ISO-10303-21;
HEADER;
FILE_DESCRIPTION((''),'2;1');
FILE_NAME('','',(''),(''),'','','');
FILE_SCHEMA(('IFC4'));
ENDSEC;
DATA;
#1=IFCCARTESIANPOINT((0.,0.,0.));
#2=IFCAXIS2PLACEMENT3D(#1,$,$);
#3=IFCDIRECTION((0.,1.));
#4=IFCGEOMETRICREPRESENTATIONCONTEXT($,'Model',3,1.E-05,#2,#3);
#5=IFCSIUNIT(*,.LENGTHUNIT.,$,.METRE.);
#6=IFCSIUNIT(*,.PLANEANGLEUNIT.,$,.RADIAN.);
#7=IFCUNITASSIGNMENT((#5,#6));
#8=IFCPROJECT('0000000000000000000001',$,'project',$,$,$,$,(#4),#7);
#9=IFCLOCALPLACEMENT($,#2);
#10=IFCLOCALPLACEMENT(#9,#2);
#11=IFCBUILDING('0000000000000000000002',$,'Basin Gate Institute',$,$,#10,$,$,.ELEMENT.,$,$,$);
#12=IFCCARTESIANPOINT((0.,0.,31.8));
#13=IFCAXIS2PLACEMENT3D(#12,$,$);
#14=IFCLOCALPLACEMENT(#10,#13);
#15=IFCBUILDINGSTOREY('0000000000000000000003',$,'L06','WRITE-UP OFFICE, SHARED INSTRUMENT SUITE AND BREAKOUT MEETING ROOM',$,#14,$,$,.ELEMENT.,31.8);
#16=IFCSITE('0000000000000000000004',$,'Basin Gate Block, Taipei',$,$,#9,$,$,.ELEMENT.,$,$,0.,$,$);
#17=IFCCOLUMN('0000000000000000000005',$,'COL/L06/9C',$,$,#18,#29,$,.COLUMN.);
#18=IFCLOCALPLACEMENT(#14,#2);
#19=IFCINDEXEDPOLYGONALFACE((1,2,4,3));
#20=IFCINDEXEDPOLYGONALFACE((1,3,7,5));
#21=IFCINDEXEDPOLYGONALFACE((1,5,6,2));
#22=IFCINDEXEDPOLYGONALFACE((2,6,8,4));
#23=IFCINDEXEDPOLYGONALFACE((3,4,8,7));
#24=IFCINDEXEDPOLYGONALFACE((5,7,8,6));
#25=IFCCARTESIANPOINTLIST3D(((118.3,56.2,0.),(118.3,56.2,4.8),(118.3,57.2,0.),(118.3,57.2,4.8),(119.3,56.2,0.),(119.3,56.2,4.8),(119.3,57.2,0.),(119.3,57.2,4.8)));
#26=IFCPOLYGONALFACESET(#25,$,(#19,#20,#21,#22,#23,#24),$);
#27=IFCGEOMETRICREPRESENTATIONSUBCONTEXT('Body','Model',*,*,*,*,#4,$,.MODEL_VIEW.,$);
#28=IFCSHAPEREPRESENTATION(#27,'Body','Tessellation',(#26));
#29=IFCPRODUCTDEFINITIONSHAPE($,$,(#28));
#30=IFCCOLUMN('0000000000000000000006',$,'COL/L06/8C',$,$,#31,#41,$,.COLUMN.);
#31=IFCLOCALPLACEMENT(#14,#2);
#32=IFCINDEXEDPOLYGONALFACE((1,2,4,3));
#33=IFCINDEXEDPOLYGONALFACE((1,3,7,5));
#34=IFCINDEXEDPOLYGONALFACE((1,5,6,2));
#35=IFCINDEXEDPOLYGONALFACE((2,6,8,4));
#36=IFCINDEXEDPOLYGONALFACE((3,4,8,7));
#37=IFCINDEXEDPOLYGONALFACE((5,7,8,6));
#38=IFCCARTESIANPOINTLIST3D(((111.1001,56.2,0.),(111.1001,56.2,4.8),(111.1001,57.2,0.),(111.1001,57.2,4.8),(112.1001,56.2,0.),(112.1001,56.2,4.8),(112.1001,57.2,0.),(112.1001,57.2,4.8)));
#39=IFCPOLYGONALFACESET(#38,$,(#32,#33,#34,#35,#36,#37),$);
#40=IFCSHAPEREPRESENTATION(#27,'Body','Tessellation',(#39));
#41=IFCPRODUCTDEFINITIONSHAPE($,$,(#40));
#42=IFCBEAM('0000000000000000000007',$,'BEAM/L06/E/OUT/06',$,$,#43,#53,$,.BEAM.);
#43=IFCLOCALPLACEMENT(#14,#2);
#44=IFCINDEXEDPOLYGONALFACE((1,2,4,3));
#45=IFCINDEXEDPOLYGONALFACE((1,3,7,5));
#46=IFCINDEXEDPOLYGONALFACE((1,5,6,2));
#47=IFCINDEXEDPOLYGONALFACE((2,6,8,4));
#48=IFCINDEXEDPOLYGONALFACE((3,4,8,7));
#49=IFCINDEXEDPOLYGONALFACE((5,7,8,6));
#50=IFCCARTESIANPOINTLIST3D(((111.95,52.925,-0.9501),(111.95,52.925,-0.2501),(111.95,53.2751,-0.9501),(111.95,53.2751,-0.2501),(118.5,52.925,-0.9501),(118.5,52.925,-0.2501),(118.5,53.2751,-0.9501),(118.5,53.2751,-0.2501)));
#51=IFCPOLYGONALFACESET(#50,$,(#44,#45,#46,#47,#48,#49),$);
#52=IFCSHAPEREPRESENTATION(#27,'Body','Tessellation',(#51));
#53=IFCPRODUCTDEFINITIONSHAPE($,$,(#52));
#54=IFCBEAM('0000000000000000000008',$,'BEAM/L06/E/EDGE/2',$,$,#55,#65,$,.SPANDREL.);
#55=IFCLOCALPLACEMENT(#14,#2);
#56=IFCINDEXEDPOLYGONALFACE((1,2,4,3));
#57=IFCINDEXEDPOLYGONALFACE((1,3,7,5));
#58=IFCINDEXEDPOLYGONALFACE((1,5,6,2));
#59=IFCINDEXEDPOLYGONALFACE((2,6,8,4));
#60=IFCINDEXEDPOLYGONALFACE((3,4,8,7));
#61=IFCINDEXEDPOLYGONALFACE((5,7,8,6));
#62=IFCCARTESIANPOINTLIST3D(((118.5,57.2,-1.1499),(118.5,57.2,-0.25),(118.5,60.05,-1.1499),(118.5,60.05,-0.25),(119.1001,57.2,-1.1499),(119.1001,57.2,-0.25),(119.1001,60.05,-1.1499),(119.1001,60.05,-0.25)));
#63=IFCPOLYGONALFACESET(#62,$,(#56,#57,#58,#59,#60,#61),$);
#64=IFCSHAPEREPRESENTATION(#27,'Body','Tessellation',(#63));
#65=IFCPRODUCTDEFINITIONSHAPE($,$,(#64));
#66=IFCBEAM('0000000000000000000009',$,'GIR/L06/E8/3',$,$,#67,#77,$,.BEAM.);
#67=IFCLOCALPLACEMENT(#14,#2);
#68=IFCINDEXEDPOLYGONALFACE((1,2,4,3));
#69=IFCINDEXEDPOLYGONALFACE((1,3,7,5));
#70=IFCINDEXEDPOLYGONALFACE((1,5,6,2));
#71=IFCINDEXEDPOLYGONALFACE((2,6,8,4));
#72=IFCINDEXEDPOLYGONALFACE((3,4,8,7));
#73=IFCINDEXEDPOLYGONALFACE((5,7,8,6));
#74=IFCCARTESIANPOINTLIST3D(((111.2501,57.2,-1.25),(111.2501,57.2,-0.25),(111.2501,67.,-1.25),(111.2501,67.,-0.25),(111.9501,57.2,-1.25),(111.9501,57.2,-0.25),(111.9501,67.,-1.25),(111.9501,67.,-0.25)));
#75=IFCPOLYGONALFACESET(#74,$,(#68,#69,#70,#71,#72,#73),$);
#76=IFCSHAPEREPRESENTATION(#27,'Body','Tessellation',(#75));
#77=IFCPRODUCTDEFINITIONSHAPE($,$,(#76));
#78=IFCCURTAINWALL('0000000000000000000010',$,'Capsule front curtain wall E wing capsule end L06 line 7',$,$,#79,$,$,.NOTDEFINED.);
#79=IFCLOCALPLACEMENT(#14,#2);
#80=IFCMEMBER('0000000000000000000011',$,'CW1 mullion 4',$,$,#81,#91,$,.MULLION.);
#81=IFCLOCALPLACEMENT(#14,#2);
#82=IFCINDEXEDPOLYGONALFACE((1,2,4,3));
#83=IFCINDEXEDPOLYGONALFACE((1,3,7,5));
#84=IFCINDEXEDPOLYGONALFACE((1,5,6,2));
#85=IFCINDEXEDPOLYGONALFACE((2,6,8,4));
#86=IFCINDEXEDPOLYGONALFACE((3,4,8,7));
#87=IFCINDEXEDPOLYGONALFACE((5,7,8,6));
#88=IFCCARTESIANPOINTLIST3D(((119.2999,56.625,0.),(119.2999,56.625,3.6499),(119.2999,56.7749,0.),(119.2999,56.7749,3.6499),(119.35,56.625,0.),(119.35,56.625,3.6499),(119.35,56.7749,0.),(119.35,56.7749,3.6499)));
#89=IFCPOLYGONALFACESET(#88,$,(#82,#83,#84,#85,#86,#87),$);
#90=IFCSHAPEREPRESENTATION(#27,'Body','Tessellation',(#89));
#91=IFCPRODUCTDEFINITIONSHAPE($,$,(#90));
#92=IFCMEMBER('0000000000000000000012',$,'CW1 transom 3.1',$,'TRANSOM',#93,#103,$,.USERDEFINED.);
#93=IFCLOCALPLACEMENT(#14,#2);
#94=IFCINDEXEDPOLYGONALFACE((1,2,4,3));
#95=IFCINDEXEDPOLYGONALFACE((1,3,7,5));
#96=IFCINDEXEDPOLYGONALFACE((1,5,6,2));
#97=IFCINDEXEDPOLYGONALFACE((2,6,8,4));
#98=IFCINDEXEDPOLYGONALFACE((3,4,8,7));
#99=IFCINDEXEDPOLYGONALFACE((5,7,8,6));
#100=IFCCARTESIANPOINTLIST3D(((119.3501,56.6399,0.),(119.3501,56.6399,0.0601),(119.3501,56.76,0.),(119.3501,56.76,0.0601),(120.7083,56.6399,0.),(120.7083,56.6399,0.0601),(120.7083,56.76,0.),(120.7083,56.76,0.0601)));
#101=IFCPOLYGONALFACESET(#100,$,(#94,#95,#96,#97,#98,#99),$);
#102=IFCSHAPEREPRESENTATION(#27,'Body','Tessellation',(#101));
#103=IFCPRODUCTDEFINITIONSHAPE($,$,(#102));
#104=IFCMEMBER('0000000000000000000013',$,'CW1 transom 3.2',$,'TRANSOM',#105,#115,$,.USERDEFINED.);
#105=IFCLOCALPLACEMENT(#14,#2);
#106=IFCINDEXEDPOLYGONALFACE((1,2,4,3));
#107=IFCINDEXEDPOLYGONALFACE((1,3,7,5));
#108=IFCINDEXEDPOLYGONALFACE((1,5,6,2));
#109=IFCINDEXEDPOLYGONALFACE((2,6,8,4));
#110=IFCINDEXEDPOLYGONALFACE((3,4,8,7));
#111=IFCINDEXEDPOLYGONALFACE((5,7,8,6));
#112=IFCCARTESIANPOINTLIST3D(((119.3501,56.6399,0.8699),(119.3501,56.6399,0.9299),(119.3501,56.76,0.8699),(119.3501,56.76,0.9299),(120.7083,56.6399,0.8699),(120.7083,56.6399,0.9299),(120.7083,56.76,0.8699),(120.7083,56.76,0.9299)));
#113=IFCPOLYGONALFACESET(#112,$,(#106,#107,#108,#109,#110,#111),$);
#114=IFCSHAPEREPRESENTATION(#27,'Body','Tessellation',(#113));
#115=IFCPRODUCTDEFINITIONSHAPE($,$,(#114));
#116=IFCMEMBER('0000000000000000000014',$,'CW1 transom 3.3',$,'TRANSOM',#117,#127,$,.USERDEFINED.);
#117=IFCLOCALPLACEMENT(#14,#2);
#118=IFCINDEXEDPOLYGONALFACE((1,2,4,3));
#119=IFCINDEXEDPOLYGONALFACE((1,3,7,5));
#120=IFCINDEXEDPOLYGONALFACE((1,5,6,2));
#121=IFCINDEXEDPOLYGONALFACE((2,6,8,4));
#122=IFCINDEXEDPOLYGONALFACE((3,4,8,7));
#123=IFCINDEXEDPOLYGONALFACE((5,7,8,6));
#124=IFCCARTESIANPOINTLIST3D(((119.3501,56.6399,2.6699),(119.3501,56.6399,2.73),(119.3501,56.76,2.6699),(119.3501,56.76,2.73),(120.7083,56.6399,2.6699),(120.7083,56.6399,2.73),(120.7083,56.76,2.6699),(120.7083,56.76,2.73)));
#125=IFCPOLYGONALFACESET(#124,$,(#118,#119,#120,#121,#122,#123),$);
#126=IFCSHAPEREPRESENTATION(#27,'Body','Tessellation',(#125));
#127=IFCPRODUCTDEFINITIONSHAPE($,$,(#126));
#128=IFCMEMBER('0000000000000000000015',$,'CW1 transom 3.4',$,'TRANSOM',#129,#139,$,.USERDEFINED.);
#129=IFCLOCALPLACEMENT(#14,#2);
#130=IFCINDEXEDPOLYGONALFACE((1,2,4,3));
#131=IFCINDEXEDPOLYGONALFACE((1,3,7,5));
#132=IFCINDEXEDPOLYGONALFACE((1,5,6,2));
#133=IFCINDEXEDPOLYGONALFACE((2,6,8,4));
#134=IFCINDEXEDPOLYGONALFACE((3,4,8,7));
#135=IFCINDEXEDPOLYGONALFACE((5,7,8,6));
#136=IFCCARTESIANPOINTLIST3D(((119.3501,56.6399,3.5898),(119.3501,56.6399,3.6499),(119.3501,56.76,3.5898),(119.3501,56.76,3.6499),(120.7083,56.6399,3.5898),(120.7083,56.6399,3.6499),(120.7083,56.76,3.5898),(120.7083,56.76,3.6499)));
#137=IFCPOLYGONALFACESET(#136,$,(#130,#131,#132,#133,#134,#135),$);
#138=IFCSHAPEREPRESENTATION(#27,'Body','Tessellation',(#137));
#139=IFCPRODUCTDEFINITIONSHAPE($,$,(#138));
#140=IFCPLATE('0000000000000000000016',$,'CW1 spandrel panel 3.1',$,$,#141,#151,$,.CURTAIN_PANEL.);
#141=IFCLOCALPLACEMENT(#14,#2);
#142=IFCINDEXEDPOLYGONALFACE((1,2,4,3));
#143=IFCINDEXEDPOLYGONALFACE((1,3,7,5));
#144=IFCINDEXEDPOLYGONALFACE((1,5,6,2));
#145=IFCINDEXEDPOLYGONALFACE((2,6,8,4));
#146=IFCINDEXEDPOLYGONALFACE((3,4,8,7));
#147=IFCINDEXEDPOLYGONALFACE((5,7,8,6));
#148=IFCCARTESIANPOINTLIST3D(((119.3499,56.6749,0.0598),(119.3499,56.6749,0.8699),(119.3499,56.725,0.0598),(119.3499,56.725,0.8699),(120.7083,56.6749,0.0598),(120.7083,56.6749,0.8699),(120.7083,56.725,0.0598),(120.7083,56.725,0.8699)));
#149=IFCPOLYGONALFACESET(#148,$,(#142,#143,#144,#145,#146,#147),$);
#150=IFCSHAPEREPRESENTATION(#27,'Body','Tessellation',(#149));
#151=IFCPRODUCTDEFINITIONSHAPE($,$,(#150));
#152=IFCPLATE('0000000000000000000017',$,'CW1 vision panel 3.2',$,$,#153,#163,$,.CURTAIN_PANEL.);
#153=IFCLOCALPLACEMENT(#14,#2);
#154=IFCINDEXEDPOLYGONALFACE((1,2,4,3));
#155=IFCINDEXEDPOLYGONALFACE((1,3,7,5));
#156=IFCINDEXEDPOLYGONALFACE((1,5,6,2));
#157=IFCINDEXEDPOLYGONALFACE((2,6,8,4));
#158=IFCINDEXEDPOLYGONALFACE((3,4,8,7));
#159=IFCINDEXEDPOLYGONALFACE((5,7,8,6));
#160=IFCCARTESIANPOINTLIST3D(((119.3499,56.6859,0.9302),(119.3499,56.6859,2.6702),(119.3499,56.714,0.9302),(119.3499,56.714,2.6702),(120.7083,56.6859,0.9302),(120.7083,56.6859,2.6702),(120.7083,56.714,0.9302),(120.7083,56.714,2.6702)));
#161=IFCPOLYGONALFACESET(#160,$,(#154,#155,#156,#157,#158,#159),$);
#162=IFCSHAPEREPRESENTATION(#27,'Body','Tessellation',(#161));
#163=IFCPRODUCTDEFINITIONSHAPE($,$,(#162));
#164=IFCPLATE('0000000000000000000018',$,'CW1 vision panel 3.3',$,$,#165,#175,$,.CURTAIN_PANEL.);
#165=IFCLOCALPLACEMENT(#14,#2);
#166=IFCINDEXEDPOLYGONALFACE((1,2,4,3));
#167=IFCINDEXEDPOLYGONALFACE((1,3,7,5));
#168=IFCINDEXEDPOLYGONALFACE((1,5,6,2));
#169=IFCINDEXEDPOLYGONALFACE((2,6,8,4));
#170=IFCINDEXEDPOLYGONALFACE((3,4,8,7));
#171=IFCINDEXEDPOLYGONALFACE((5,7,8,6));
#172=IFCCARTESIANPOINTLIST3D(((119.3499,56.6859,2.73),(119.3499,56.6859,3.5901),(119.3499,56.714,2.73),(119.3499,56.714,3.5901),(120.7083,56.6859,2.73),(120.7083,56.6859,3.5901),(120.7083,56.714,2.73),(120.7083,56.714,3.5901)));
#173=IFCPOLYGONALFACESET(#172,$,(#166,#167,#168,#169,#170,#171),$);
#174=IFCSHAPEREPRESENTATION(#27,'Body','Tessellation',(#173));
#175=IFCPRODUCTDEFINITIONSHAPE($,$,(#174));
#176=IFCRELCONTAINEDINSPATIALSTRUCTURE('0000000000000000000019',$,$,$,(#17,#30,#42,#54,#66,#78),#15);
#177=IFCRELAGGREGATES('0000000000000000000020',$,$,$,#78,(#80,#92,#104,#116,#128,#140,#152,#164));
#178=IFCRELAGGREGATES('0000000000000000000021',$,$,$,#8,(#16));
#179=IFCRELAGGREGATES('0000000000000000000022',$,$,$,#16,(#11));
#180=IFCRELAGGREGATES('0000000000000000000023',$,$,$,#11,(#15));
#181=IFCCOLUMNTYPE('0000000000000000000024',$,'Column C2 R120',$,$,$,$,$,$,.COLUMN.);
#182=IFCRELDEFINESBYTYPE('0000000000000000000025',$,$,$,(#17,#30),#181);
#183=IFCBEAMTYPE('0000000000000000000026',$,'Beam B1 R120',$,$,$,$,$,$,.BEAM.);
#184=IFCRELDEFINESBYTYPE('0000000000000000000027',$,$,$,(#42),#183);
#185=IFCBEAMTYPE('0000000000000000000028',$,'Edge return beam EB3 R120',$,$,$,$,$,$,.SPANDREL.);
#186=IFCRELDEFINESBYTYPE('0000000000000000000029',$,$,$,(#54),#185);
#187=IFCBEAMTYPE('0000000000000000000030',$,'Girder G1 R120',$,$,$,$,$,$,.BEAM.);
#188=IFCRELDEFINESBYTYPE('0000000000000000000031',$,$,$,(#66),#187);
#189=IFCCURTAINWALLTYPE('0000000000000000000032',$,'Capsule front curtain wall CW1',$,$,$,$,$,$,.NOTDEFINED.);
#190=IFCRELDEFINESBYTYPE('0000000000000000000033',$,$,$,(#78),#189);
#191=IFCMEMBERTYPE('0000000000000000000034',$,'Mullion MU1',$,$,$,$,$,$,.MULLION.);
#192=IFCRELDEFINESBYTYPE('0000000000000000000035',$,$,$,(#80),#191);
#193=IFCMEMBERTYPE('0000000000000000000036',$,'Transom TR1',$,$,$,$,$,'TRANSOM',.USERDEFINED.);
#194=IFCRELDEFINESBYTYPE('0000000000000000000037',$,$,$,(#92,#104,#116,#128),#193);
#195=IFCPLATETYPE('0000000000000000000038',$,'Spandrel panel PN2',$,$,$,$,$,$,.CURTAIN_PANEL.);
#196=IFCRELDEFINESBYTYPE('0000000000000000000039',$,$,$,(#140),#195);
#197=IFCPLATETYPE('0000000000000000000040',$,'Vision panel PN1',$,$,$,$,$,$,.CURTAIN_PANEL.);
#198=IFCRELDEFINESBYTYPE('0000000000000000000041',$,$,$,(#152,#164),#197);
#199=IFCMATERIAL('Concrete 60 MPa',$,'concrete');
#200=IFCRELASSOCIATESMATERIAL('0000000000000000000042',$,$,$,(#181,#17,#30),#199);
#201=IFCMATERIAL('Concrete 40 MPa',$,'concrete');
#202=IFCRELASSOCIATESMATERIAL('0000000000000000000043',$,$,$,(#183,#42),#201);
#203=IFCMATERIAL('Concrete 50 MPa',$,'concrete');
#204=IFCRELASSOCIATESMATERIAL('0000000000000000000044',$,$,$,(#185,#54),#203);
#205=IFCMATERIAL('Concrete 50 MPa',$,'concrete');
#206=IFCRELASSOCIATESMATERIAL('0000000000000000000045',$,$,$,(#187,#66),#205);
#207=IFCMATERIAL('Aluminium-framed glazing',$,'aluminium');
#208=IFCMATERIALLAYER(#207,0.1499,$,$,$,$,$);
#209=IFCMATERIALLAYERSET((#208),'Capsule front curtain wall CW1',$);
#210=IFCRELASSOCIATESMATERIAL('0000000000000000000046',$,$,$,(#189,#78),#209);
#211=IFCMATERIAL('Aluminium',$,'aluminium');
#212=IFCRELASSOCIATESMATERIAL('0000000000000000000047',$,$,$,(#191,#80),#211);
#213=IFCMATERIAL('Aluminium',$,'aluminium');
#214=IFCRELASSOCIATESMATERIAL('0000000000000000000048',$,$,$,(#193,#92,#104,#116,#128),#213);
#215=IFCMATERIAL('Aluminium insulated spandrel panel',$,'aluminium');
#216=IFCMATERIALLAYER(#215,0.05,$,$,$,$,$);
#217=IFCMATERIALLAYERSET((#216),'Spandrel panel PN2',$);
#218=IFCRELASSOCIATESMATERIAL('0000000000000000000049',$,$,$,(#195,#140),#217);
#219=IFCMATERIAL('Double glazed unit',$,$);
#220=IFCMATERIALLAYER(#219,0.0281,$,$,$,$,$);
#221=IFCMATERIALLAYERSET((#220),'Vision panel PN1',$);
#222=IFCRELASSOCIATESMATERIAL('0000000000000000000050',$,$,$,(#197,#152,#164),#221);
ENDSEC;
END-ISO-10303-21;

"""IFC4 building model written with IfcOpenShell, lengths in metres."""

from ifc_helpers import new_model, si_unit, direction, frame, origin, origin_2d, place, context, subcontext, project, spatial, rectangle, extrude, material, layer, layer_set, material_profile, profile_set, type_object, element, aggregate, save


model = new_model("IFC4")

# Units and contexts
model_context = context("Model", 3, precision=1e-05, world=origin(), true_north=direction((0.0, 1.0)))
body_context = subcontext(model_context, "Body", "Model", "MODEL_VIEW")
ifc_project = project(units=[si_unit("LENGTHUNIT", "METRE"), si_unit("PLANEANGLEUNIT", "RADIAN")], contexts=[model_context])

# Site, building, storey
site_placement = place(None, origin())
site = spatial("IfcSite", under=ifc_project, at=site_placement, Name="Basin Gate Block, Taipei", CompositionType="ELEMENT", RefElevation=0.0)
building_placement = place(site_placement, origin())
building = spatial("IfcBuilding", under=site, at=building_placement, Name="Basin Gate Institute", CompositionType="ELEMENT")
storey_placement = place(building_placement, frame((0.0, 0.0, 31.8)))
storey = spatial("IfcBuildingStorey", under=building, at=storey_placement, Name="L06", Description="WRITE-UP OFFICE, SHARED INSTRUMENT SUITE AND BREAKOUT MEETING ROOM", CompositionType="ELEMENT", Elevation=31.8)

# Columns
ifc_material_1 = material(Name="Concrete 60 MPa", Category="concrete")
ifc_material_profile_1 = material_profile(ifc_material_1, rectangle(XDim=1.0, YDim=1.0, at=origin_2d()), Name="Column C2 1000 x 1000")
ifc_profile_set_1 = profile_set([ifc_material_profile_1], Name="Concrete 60 MPa")
column_type = type_object("IfcColumnType", Name="Column C2 R120", PredefinedType="COLUMN", material=ifc_profile_set_1)
for number, where, z_axis, x_axis, name in (
    (1, (118.8, 56.7, 0.0), (0.0, 0.0, 1.0), (1.0, 0.0, 0.0), "COL/L06/9C"),
    (2, (111.6001, 56.7, 0.0), (0.0, 0.0, 1.0), (1.0, 0.0, 0.0), "COL/L06/8C"),
):
    element("IfcColumn", number, at=place(storey_placement, frame(where, z_axis=z_axis, x_axis=x_axis)), inside=storey, type_object=column_type, material=ifc_profile_set_1, Name=name, PredefinedType="COLUMN", context=body_context, shape_type="SweptSolid", body=[
        extrude(rectangle(XDim=1.0, YDim=1.0, at=origin_2d()), origin(), (0.0, 0.0, 1.0), 4.8),
    ])

# Beams
ifc_material_2 = material(Name="Concrete 40 MPa", Category="concrete")
ifc_material_profile_2 = material_profile(ifc_material_2, rectangle(XDim=0.3501, YDim=0.7, at=origin_2d()), Name="Beam B1 350 x 700")
ifc_profile_set_2 = profile_set([ifc_material_profile_2], Name="Concrete 40 MPa")
beam_type_1 = type_object("IfcBeamType", Name="Beam B1 R120", PredefinedType="BEAM", material=ifc_profile_set_2)
beam_1_placement = place(storey_placement, frame((118.5, 53.1001, -0.6001), z_axis=(-1.0, 0.0, 0.0), x_axis=(0.0, -1.0, 0.0)))
element("IfcBeam", 3, at=beam_1_placement, inside=storey, type_object=beam_type_1, material=ifc_profile_set_2, Name="BEAM/L06/E/OUT/06", PredefinedType="BEAM", context=body_context, shape_type="SweptSolid", body=[
    extrude(rectangle(XDim=0.3501, YDim=0.7, at=origin_2d()), origin(), (0.0, 0.0, 1.0), 6.55),
])
ifc_material_3 = material(Name="Concrete 50 MPa", Category="concrete")
ifc_material_profile_3 = material_profile(ifc_material_3, rectangle(XDim=0.6001, YDim=0.8999, at=origin_2d()), Name="Edge return beam EB3 600 x 900")
ifc_profile_set_3 = profile_set([ifc_material_profile_3], Name="Concrete 50 MPa")
beam_type_2 = type_object("IfcBeamType", Name="Edge return beam EB3 R120", PredefinedType="SPANDREL", material=ifc_profile_set_3)
beam_2_placement = place(storey_placement, frame((118.8, 57.2, -0.7), z_axis=(0.0, 1.0, 0.0), x_axis=(-1.0, 0.0, 0.0)))
element("IfcBeam", 4, at=beam_2_placement, inside=storey, type_object=beam_type_2, material=ifc_profile_set_3, Name="BEAM/L06/E/EDGE/2", PredefinedType="SPANDREL", context=body_context, shape_type="SweptSolid", body=[
    extrude(rectangle(XDim=0.6001, YDim=0.8999, at=origin_2d()), origin(), (0.0, 0.0, 1.0), 2.8501),
])
ifc_material_4 = material(Name="Concrete 50 MPa", Category="concrete")
ifc_material_profile_4 = material_profile(ifc_material_4, rectangle(XDim=0.7, YDim=1.0, at=origin_2d()), Name="Girder G1 700 x 1000")
ifc_profile_set_4 = profile_set([ifc_material_profile_4], Name="Concrete 50 MPa")
beam_type_3 = type_object("IfcBeamType", Name="Girder G1 R120", PredefinedType="BEAM", material=ifc_profile_set_4)
beam_3_placement = place(storey_placement, frame((111.6001, 57.2, -0.75), z_axis=(0.0, 1.0, 0.0), x_axis=(-1.0, 0.0, 0.0)))
element("IfcBeam", 5, at=beam_3_placement, inside=storey, type_object=beam_type_3, material=ifc_profile_set_4, Name="GIR/L06/E8/3", PredefinedType="BEAM", context=body_context, shape_type="SweptSolid", body=[
    extrude(rectangle(XDim=0.7, YDim=1.0, at=origin_2d()), origin(), (0.0, 0.0, 1.0), 9.8),
])

# Curtain wall, members, plates
ifc_material_5 = material(Name="Aluminium-framed glazing", Category="aluminium")
ifc_layer_1 = layer(ifc_material_5, 0.1499)
ifc_layer_set_1 = layer_set([ifc_layer_1], Name="Capsule front curtain wall CW1")
curtain_wall_type = type_object("IfcCurtainWallType", Name="Capsule front curtain wall CW1", PredefinedType="NOTDEFINED", material=ifc_layer_set_1)
curtain_wall_placement = place(storey_placement, origin())
curtain_wall = element("IfcCurtainWall", 6, at=curtain_wall_placement, inside=storey, type_object=curtain_wall_type, material=ifc_layer_set_1, Name="Capsule front curtain wall E wing capsule end L06 line 7", PredefinedType="NOTDEFINED")
ifc_material_6 = material(Name="Aluminium", Category="aluminium")
ifc_material_profile_5 = material_profile(ifc_material_6, rectangle(XDim=0.1499, YDim=0.05, at=origin_2d()), Name="Mullion MU1 150 x 50")
ifc_profile_set_5 = profile_set([ifc_material_profile_5], Name="Aluminium")
member_type_1 = type_object("IfcMemberType", Name="Mullion MU1", PredefinedType="MULLION", material=ifc_profile_set_5)
member_1_placement = place(storey_placement, frame((119.325, 56.7, 0.0), z_axis=(0.0, 0.0, 1.0), x_axis=(0.0, -1.0, 0.0)))
member_1 = element("IfcMember", 7, at=member_1_placement, type_object=member_type_1, material=ifc_profile_set_5, Name="CW1 mullion 4", PredefinedType="MULLION", context=body_context, shape_type="SweptSolid", body=[
    extrude(rectangle(XDim=0.1499, YDim=0.05, at=origin_2d()), origin(), (0.0, 0.0, 1.0), 3.6499),
])
ifc_material_7 = material(Name="Aluminium", Category="aluminium")
ifc_material_profile_6 = material_profile(ifc_material_7, rectangle(XDim=0.1201, YDim=0.0601, at=origin_2d()), Name="Transom TR1 120 x 60")
ifc_profile_set_6 = profile_set([ifc_material_profile_6], Name="Aluminium")
member_type_2 = type_object("IfcMemberType", Name="Transom TR1", ElementType="TRANSOM", PredefinedType="USERDEFINED", material=ifc_profile_set_6)
member_2_placement = place(storey_placement, frame((120.7083, 56.7, 0.03), z_axis=(-1.0, 0.0, 0.0), x_axis=(0.0, -1.0, 0.0)))
member_2 = element("IfcMember", 8, at=member_2_placement, type_object=member_type_2, material=ifc_profile_set_6, Name="CW1 transom 3.1", ObjectType="TRANSOM", PredefinedType="USERDEFINED", context=body_context, shape_type="SweptSolid", body=[
    extrude(rectangle(XDim=0.1201, YDim=0.0601, at=origin_2d()), origin(), (0.0, 0.0, 1.0), 1.3582),
])
member_3_placement = place(storey_placement, frame((120.7083, 56.7, 0.8999), z_axis=(-1.0, 0.0, 0.0), x_axis=(0.0, -1.0, 0.0)))
member_3 = element("IfcMember", 9, at=member_3_placement, type_object=member_type_2, material=ifc_profile_set_6, Name="CW1 transom 3.2", ObjectType="TRANSOM", PredefinedType="USERDEFINED", context=body_context, shape_type="SweptSolid", body=[
    extrude(rectangle(XDim=0.1201, YDim=0.0601, at=origin_2d()), origin(), (0.0, 0.0, 1.0), 1.3582),
])
member_4_placement = place(storey_placement, frame((120.7083, 56.7, 2.7), z_axis=(-1.0, 0.0, 0.0), x_axis=(0.0, -1.0, 0.0)))
member_4 = element("IfcMember", 10, at=member_4_placement, type_object=member_type_2, material=ifc_profile_set_6, Name="CW1 transom 3.3", ObjectType="TRANSOM", PredefinedType="USERDEFINED", context=body_context, shape_type="SweptSolid", body=[
    extrude(rectangle(XDim=0.1201, YDim=0.0601, at=origin_2d()), origin(), (0.0, 0.0, 1.0), 1.3582),
])
member_5_placement = place(storey_placement, frame((120.7083, 56.7, 3.6199), z_axis=(-1.0, 0.0, 0.0), x_axis=(0.0, -1.0, 0.0)))
member_5 = element("IfcMember", 11, at=member_5_placement, type_object=member_type_2, material=ifc_profile_set_6, Name="CW1 transom 3.4", ObjectType="TRANSOM", PredefinedType="USERDEFINED", context=body_context, shape_type="SweptSolid", body=[
    extrude(rectangle(XDim=0.1201, YDim=0.0601, at=origin_2d()), origin(), (0.0, 0.0, 1.0), 1.3582),
])
ifc_material_8 = material(Name="Aluminium insulated spandrel panel", Category="aluminium")
ifc_layer_2 = layer(ifc_material_8, 0.05)
ifc_layer_set_2 = layer_set([ifc_layer_2], Name="Spandrel panel PN2")
plate_type_1 = type_object("IfcPlateType", Name="Spandrel panel PN2", PredefinedType="CURTAIN_PANEL", material=ifc_layer_set_2)
plate_1_placement = place(storey_placement, frame((120.0291, 56.7, 0.0598), z_axis=(0.0, 0.0, 1.0), x_axis=(-1.0, 0.0, 0.0)))
plate_1 = element("IfcPlate", 12, at=plate_1_placement, type_object=plate_type_1, material=ifc_layer_set_2, Name="CW1 spandrel panel 3.1", PredefinedType="CURTAIN_PANEL", context=body_context, shape_type="SweptSolid", body=[
    extrude(rectangle(XDim=1.3584, YDim=0.05, at=origin_2d()), origin(), (0.0, 0.0, 1.0), 0.8101),
])
ifc_material_9 = material(Name="Double glazed unit")
ifc_layer_3 = layer(ifc_material_9, 0.0281)
ifc_layer_set_3 = layer_set([ifc_layer_3], Name="Vision panel PN1")
plate_type_2 = type_object("IfcPlateType", Name="Vision panel PN1", PredefinedType="CURTAIN_PANEL", material=ifc_layer_set_3)
plate_2_placement = place(storey_placement, frame((120.0291, 56.7, 0.9302), z_axis=(0.0, 0.0, 1.0), x_axis=(-1.0, 0.0, 0.0)))
plate_2 = element("IfcPlate", 13, at=plate_2_placement, type_object=plate_type_2, material=ifc_layer_set_3, Name="CW1 vision panel 3.2", PredefinedType="CURTAIN_PANEL", context=body_context, shape_type="SweptSolid", body=[
    extrude(rectangle(XDim=1.3584, YDim=0.0281, at=origin_2d()), origin(), (0.0, 0.0, 1.0), 1.74),
])
plate_3_placement = place(storey_placement, frame((120.0291, 56.7, 2.73), z_axis=(0.0, 0.0, 1.0), x_axis=(-1.0, 0.0, 0.0)))
plate_3 = element("IfcPlate", 14, at=plate_3_placement, type_object=plate_type_2, material=ifc_layer_set_3, Name="CW1 vision panel 3.3", PredefinedType="CURTAIN_PANEL", context=body_context, shape_type="SweptSolid", body=[
    extrude(rectangle(XDim=1.3584, YDim=0.0281, at=origin_2d()), origin(), (0.0, 0.0, 1.0), 0.8601),
])
aggregate(curtain_wall, [member_1, member_2, member_3, member_4, member_5, plate_1, plate_2, plate_3])

save(model, "model.ifc")
